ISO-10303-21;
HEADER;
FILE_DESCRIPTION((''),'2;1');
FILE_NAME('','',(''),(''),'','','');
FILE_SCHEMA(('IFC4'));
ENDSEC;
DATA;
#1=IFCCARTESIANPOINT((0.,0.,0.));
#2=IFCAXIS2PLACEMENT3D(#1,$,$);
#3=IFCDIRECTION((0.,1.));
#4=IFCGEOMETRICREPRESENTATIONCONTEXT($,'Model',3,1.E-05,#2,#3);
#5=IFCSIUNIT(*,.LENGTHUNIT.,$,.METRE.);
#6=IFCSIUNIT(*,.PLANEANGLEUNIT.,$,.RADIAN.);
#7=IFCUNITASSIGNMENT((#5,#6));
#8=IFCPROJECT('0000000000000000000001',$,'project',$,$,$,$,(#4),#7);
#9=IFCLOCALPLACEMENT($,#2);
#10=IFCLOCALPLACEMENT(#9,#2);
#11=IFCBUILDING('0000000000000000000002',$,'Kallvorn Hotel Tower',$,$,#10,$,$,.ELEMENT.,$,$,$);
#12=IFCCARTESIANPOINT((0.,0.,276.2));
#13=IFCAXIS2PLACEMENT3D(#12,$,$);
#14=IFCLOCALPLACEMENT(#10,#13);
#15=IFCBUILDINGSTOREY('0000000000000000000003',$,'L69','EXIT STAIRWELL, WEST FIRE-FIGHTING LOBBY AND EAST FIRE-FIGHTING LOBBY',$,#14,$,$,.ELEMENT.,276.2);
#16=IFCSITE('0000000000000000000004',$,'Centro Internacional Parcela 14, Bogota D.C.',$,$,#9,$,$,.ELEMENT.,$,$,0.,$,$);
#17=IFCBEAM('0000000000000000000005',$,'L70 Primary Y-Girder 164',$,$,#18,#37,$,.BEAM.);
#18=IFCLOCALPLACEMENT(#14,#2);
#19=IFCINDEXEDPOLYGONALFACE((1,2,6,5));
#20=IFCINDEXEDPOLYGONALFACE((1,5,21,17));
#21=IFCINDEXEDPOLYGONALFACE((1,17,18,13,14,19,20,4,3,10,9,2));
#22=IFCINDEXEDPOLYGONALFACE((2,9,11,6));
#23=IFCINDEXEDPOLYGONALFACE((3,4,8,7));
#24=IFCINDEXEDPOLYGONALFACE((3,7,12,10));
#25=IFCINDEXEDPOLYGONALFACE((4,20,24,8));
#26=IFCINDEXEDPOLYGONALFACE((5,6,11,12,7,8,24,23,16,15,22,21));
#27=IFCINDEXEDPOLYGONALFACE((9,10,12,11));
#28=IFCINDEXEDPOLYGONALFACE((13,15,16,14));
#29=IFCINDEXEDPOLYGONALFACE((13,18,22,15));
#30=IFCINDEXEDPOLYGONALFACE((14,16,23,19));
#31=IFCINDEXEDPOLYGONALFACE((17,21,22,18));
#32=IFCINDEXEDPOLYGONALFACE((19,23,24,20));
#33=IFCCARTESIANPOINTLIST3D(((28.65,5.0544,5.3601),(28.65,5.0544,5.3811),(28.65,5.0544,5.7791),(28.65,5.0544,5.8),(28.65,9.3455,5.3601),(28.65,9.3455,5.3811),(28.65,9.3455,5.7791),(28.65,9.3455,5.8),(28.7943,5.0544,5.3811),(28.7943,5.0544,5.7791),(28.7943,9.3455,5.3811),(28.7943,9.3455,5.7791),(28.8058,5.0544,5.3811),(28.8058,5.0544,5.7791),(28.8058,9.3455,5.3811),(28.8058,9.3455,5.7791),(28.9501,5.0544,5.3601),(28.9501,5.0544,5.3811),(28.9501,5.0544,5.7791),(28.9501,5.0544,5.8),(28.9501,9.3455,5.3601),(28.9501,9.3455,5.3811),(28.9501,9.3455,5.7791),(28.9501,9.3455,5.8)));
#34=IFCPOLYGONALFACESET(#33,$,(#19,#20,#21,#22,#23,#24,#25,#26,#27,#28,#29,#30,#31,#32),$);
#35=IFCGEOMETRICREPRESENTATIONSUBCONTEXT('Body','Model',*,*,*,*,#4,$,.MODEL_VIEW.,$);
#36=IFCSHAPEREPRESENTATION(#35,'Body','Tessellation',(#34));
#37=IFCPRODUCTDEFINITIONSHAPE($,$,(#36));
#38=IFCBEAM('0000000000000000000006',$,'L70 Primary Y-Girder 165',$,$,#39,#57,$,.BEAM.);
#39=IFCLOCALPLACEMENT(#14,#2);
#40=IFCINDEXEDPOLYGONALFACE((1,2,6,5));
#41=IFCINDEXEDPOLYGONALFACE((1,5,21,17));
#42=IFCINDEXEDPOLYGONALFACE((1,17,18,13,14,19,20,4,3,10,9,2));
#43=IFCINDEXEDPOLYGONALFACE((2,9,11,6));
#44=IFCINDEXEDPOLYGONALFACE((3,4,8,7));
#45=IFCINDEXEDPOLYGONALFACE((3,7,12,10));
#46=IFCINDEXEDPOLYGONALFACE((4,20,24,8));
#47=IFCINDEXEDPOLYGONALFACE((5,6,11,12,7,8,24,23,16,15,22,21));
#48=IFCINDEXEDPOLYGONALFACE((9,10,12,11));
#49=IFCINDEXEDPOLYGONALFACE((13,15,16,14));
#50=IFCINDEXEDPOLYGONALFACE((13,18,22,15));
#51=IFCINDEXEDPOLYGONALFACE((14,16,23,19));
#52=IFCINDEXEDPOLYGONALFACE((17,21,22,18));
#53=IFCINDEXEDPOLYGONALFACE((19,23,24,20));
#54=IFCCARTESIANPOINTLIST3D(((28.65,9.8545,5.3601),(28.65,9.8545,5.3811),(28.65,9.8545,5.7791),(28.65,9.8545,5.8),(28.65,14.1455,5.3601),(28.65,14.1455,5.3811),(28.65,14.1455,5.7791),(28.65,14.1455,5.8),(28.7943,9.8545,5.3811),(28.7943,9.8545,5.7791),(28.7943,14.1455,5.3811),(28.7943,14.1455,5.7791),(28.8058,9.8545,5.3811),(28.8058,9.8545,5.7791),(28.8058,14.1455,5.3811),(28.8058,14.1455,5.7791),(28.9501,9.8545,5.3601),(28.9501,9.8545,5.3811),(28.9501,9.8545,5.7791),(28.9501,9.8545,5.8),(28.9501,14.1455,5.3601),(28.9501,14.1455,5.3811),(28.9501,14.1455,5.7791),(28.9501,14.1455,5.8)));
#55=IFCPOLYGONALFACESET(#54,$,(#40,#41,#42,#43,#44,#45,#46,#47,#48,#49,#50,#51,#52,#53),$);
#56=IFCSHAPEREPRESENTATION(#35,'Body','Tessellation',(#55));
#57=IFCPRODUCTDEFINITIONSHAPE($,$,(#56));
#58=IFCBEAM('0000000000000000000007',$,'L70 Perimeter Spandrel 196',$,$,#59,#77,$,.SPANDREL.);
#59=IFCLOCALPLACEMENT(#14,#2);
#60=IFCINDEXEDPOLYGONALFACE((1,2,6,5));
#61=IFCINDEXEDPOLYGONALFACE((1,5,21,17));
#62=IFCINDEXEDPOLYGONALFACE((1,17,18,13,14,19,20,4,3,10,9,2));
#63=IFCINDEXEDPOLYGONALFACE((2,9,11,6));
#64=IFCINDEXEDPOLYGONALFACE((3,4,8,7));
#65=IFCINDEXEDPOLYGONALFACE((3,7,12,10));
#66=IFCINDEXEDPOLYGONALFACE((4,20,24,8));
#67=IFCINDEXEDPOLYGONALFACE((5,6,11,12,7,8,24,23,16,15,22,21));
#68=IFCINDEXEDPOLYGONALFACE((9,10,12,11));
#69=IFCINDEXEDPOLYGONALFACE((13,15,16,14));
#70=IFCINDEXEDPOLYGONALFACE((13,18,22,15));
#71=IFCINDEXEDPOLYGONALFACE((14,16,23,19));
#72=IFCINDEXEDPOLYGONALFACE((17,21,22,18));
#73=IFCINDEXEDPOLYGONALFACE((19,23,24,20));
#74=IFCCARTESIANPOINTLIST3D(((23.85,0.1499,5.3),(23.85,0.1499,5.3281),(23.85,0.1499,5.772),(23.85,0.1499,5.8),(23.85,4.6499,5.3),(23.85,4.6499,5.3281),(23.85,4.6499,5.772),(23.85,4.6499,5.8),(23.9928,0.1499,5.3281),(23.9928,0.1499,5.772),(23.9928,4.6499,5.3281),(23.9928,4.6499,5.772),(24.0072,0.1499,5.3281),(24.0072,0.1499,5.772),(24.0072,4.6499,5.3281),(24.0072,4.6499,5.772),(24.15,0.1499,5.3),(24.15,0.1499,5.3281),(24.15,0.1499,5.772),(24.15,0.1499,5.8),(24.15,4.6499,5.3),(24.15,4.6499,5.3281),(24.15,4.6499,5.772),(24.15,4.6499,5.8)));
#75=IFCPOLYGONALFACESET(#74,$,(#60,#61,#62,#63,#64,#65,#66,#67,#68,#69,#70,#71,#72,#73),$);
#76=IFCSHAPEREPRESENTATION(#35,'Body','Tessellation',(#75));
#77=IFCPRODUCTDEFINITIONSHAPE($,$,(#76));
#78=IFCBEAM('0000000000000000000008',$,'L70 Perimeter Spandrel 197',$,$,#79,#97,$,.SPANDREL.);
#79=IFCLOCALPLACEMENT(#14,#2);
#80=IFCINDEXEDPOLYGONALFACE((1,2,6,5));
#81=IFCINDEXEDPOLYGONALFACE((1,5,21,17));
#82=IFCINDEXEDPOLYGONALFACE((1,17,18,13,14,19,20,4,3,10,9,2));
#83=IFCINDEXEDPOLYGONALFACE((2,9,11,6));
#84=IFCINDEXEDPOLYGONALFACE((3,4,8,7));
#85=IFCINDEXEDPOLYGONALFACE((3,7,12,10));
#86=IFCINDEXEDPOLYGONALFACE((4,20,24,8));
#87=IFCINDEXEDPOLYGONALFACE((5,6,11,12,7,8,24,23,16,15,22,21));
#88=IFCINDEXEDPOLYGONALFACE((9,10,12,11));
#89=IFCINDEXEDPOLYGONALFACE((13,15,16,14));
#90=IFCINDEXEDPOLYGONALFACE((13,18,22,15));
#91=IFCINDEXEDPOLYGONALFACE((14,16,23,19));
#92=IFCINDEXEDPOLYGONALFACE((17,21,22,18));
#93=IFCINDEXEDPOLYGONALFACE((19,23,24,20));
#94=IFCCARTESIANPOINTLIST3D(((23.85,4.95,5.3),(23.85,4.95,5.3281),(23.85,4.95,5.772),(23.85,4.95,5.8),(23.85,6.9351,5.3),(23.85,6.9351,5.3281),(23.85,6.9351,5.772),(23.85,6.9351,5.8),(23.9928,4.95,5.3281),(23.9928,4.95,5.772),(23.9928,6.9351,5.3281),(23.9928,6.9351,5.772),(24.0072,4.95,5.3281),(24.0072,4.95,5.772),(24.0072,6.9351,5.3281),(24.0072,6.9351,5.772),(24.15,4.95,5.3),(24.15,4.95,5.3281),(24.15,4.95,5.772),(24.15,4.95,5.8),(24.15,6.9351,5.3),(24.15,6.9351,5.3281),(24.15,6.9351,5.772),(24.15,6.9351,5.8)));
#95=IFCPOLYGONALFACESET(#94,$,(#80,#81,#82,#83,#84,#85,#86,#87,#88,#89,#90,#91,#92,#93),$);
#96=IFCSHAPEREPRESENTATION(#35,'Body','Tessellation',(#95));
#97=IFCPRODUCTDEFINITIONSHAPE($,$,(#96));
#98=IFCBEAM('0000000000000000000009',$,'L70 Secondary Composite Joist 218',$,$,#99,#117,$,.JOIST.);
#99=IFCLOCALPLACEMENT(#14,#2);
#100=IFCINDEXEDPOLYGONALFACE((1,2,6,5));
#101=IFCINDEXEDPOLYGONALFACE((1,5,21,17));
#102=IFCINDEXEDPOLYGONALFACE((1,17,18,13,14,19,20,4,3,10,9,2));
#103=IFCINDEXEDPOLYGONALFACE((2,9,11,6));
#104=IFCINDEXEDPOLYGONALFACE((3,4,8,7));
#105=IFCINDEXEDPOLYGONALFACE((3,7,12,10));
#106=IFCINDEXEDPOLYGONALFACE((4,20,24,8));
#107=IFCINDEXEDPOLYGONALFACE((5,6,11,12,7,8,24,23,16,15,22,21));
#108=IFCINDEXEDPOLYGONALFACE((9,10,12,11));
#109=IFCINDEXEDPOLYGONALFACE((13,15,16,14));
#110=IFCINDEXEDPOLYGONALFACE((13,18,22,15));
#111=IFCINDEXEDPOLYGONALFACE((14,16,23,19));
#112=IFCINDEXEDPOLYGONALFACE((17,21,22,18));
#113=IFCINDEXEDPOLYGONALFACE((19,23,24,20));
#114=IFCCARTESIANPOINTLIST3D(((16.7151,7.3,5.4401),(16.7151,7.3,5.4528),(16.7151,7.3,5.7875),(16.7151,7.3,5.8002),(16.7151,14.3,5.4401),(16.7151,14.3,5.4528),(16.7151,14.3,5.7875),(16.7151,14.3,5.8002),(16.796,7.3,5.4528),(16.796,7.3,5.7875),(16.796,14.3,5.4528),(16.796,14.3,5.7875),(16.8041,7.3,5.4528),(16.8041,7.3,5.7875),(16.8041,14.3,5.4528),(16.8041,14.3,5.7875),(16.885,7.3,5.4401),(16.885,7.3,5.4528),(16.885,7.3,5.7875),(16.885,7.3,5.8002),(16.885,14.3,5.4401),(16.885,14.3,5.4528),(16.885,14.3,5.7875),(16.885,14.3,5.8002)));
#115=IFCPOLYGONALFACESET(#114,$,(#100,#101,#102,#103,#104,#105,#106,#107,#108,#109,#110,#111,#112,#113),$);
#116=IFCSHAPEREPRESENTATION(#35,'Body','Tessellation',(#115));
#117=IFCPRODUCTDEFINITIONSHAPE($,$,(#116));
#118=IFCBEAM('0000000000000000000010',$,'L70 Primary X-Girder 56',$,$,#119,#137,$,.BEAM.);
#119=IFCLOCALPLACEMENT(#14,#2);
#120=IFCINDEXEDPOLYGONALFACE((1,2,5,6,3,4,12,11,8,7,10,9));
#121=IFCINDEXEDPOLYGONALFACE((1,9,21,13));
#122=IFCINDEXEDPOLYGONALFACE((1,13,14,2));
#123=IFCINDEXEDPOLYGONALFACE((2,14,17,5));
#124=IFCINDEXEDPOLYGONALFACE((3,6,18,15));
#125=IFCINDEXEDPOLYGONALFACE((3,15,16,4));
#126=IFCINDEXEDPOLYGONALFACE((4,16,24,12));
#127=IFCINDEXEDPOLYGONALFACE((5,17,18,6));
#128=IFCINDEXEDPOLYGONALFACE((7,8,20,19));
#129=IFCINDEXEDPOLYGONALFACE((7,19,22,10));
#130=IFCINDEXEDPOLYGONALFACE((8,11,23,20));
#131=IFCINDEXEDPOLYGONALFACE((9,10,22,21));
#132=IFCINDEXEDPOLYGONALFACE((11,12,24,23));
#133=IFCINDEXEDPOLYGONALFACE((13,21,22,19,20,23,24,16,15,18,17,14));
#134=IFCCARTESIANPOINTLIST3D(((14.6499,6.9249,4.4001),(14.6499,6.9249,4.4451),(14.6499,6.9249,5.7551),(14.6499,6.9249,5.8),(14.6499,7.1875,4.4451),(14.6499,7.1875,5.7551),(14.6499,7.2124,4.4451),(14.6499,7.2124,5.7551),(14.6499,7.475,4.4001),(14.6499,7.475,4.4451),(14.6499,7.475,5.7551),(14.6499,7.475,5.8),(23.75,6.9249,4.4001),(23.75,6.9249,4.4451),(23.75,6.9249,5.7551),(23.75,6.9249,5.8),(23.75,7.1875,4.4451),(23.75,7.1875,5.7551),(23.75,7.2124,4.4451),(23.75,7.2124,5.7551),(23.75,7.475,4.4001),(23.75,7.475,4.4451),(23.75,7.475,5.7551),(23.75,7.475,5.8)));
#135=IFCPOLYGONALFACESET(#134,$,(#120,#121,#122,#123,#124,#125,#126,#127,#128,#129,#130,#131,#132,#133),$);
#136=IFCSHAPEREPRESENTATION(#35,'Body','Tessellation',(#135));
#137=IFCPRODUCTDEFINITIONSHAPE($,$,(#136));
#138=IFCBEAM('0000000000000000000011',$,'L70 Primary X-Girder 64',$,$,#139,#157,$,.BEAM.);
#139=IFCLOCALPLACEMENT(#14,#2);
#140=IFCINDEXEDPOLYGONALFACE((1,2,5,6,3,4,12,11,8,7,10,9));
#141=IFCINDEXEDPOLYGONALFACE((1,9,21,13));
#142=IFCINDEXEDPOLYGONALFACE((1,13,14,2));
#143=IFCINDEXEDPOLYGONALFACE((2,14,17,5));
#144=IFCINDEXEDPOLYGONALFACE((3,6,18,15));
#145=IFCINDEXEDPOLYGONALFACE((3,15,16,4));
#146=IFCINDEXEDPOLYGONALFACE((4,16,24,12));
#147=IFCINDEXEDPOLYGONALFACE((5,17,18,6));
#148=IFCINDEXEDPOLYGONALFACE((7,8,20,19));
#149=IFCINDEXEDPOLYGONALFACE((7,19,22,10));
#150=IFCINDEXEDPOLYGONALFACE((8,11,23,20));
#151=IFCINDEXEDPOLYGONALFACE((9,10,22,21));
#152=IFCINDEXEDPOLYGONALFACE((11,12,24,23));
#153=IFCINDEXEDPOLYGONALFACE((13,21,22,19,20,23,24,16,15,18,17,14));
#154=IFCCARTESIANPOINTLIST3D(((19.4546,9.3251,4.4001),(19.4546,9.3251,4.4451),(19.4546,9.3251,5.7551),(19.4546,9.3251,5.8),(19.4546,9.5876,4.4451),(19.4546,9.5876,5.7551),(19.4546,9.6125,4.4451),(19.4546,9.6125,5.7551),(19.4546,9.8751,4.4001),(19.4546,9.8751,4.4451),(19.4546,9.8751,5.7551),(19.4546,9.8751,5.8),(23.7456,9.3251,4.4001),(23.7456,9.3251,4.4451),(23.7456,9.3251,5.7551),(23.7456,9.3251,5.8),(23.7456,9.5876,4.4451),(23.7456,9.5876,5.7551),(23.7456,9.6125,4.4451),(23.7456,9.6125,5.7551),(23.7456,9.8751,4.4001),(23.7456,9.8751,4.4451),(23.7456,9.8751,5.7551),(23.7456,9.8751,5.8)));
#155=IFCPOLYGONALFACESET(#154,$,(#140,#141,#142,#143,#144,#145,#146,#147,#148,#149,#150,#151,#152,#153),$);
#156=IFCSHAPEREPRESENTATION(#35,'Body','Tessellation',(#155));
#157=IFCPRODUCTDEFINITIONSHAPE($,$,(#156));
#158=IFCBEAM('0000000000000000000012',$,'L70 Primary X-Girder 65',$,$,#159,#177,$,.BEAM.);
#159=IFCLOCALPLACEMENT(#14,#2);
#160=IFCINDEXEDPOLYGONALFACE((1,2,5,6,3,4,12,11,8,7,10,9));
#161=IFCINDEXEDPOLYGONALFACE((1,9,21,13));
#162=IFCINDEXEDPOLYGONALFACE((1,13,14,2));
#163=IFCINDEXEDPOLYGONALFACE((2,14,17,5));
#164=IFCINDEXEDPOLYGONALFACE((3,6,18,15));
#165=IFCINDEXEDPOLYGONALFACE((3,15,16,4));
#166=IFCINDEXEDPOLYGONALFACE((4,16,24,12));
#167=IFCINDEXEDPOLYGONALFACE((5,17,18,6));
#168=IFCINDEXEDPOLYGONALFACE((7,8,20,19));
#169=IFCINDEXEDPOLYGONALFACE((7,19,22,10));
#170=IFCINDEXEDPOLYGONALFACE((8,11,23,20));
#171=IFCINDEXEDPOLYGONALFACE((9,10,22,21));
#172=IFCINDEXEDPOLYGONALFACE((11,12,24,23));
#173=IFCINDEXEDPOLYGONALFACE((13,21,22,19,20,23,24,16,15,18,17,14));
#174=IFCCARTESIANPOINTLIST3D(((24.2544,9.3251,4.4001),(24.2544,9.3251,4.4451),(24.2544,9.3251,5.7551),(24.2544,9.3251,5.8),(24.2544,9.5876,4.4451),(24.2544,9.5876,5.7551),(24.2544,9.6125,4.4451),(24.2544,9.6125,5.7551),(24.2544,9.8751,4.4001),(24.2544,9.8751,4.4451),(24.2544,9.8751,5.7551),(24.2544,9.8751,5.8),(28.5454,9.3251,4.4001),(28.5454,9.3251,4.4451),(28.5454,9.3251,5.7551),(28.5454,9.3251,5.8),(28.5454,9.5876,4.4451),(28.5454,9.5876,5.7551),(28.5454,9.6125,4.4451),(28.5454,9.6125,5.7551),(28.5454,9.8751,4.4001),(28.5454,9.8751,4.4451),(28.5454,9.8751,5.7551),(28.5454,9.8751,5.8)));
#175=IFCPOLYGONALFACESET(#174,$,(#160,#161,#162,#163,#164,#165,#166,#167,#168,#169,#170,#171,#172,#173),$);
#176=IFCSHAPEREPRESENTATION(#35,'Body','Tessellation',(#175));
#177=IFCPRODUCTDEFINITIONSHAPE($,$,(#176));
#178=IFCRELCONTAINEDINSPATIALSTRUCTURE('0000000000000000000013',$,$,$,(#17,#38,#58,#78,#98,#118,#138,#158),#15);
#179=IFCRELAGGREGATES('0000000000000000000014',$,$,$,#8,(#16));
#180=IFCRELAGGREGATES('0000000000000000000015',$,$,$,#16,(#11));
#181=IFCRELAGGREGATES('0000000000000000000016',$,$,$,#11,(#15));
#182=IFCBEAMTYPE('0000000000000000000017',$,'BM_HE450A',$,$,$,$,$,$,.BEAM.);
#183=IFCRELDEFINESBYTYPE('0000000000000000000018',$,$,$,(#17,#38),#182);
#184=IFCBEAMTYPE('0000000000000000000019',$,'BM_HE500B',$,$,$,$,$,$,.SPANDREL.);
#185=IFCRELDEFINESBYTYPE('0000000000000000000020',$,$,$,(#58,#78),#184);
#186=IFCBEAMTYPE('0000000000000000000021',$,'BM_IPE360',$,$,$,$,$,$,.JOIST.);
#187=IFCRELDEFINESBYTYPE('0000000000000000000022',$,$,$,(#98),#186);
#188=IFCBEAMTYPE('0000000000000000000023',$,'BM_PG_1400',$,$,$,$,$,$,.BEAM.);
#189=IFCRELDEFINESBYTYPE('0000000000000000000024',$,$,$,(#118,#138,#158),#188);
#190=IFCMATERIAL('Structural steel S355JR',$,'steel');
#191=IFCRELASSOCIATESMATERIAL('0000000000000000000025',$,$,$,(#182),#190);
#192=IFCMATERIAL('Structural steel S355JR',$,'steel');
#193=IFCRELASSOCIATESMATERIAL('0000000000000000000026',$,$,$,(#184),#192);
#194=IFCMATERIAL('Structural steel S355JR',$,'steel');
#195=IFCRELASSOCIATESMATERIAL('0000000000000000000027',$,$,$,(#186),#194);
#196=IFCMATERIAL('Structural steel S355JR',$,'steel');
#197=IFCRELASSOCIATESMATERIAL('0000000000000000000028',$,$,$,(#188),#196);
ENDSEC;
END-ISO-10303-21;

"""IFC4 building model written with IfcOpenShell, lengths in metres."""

from ifc_helpers import new_model, si_unit, direction, frame, origin, origin_2d, place, context, subcontext, project, spatial, i_section, extrude, material, material_profile, profile_set, type_object, element, save


model = new_model("IFC4")

# Units and contexts
model_context = context("Model", 3, precision=1e-05, world=origin(), true_north=direction((0.0, 1.0)))
body_context = subcontext(model_context, "Body", "Model", "MODEL_VIEW")
ifc_project = project(units=[si_unit("LENGTHUNIT", "METRE"), si_unit("PLANEANGLEUNIT", "RADIAN")], contexts=[model_context])

# Site, building, storey
site_placement = place(None, origin())
site = spatial("IfcSite", under=ifc_project, at=site_placement, Name="Centro Internacional Parcela 14, Bogota D.C.", CompositionType="ELEMENT", RefElevation=0.0)
building_placement = place(site_placement, origin())
building = spatial("IfcBuilding", under=site, at=building_placement, Name="Kallvorn Hotel Tower", CompositionType="ELEMENT")
storey_placement = place(building_placement, frame((0.0, 0.0, 276.2)))
storey = spatial("IfcBuildingStorey", under=building, at=storey_placement, Name="L69", Description="EXIT STAIRWELL, WEST FIRE-FIGHTING LOBBY AND EAST FIRE-FIGHTING LOBBY", CompositionType="ELEMENT", Elevation=276.2)

# Beams
ifc_material_1 = material(Name="Structural steel S355JR", Category="steel")
ifc_material_profile_1 = material_profile(ifc_material_1, i_section(OverallWidth=0.3, OverallDepth=0.4399, WebThickness=0.0115, FlangeThickness=0.021, at=origin_2d()), Name="HE 450 A")
ifc_profile_set_1 = profile_set([ifc_material_profile_1], Name="Structural steel S355JR")
beam_type_1 = type_object("IfcBeamType", Name="BM_HE450A", PredefinedType="BEAM", material=ifc_profile_set_1)
for number, where, z_axis, x_axis, name in (
    (1, (28.8, 5.0544, 5.5801), (0.0, 1.0, 0.0), (-1.0, 0.0, 0.0), "L70 Primary Y-Girder 164"),
    (2, (28.8, 9.8545, 5.5801), (0.0, 1.0, 0.0), (-1.0, 0.0, 0.0), "L70 Primary Y-Girder 165"),
):
    element("IfcBeam", number, at=place(storey_placement, frame(where, z_axis=z_axis, x_axis=x_axis)), inside=storey, type_object=beam_type_1, Name=name, PredefinedType="BEAM", context=body_context, shape_type="SweptSolid", body=[
        extrude(i_section(OverallWidth=0.3, OverallDepth=0.4399, WebThickness=0.0115, FlangeThickness=0.021, at=origin_2d()), origin(), (0.0, 0.0, 1.0), 4.291),
    ])
ifc_material_2 = material(Name="Structural steel S355JR", Category="steel")
ifc_material_profile_2 = material_profile(ifc_material_2, i_section(OverallWidth=0.3, OverallDepth=0.5, WebThickness=0.0144, FlangeThickness=0.0281, at=origin_2d()), Name="HE 500 B")
ifc_profile_set_2 = profile_set([ifc_material_profile_2], Name="Structural steel S355JR")
beam_type_2 = type_object("IfcBeamType", Name="BM_HE500B", PredefinedType="SPANDREL", material=ifc_profile_set_2)
beam_1_placement = place(storey_placement, frame((24.0, 0.1499, 5.55), z_axis=(0.0, 1.0, 0.0), x_axis=(-1.0, 0.0, 0.0)))
element("IfcBeam", 3, at=beam_1_placement, inside=storey, type_object=beam_type_2, Name="L70 Perimeter Spandrel 196", PredefinedType="SPANDREL", context=body_context, shape_type="SweptSolid", body=[
    extrude(i_section(OverallWidth=0.3, OverallDepth=0.5, WebThickness=0.0144, FlangeThickness=0.0281, at=origin_2d()), origin(), (0.0, 0.0, 1.0), 4.5),
])
beam_2_placement = place(storey_placement, frame((24.0, 4.95, 5.55), z_axis=(0.0, 1.0, 0.0), x_axis=(-1.0, 0.0, 0.0)))
element("IfcBeam", 4, at=beam_2_placement, inside=storey, type_object=beam_type_2, Name="L70 Perimeter Spandrel 197", PredefinedType="SPANDREL", context=body_context, shape_type="SweptSolid", body=[
    extrude(i_section(OverallWidth=0.3, OverallDepth=0.5, WebThickness=0.0144, FlangeThickness=0.0281, at=origin_2d()), origin(), (0.0, 0.0, 1.0), 1.9851),
])
ifc_material_3 = material(Name="Structural steel S355JR", Category="steel")
ifc_material_profile_3 = material_profile(ifc_material_3, i_section(OverallWidth=0.1699, OverallDepth=0.3601, WebThickness=0.0081, FlangeThickness=0.0127, at=origin_2d()), Name="IPE 360")
ifc_profile_set_3 = profile_set([ifc_material_profile_3], Name="Structural steel S355JR")
beam_type_3 = type_object("IfcBeamType", Name="BM_IPE360", PredefinedType="JOIST", material=ifc_profile_set_3)
beam_3_placement = place(storey_placement, frame((16.8, 7.3, 5.6201), z_axis=(0.0, 1.0, 0.0), x_axis=(-1.0, 0.0, 0.0)))
element("IfcBeam", 5, at=beam_3_placement, inside=storey, type_object=beam_type_3, Name="L70 Secondary Composite Joist 218", PredefinedType="JOIST", context=body_context, shape_type="SweptSolid", body=[
    extrude(i_section(OverallWidth=0.1699, OverallDepth=0.3601, WebThickness=0.0081, FlangeThickness=0.0127, at=origin_2d()), origin(), (0.0, 0.0, 1.0), 7.0),
])
ifc_material_4 = material(Name="Structural steel S355JR", Category="steel")
ifc_material_profile_4 = material_profile(ifc_material_4, i_section(OverallWidth=0.55, OverallDepth=1.3999, WebThickness=0.0249, FlangeThickness=0.0449, at=origin_2d()), Name="PG 1400x550x25x45")
ifc_profile_set_4 = profile_set([ifc_material_profile_4], Name="Structural steel S355JR")
beam_type_4 = type_object("IfcBeamType", Name="BM_PG_1400", PredefinedType="BEAM", material=ifc_profile_set_4)
beam_4_placement = place(storey_placement, frame((14.6499, 7.2, 5.1001), z_axis=(1.0, 0.0, 0.0), x_axis=(0.0, 1.0, 0.0)))
element("IfcBeam", 6, at=beam_4_placement, inside=storey, type_object=beam_type_4, Name="L70 Primary X-Girder 56", PredefinedType="BEAM", context=body_context, shape_type="SweptSolid", body=[
    extrude(i_section(OverallWidth=0.55, OverallDepth=1.3999, WebThickness=0.0249, FlangeThickness=0.0449, at=origin_2d()), origin(), (0.0, 0.0, 1.0), 9.1001),
])
for number, where, z_axis, x_axis, name in (
    (7, (19.4546, 9.6001, 5.1001), (1.0, 0.0, 0.0), (0.0, 1.0, 0.0), "L70 Primary X-Girder 64"),
    (8, (24.2544, 9.6001, 5.1001), (1.0, 0.0, 0.0), (0.0, 1.0, 0.0), "L70 Primary X-Girder 65"),
):
    element("IfcBeam", number, at=place(storey_placement, frame(where, z_axis=z_axis, x_axis=x_axis)), inside=storey, type_object=beam_type_4, Name=name, PredefinedType="BEAM", context=body_context, shape_type="SweptSolid", body=[
        extrude(i_section(OverallWidth=0.55, OverallDepth=1.3999, WebThickness=0.0249, FlangeThickness=0.0449, at=origin_2d()), origin(), (0.0, 0.0, 1.0), 4.291),
    ])

save(model, "model.ifc")
